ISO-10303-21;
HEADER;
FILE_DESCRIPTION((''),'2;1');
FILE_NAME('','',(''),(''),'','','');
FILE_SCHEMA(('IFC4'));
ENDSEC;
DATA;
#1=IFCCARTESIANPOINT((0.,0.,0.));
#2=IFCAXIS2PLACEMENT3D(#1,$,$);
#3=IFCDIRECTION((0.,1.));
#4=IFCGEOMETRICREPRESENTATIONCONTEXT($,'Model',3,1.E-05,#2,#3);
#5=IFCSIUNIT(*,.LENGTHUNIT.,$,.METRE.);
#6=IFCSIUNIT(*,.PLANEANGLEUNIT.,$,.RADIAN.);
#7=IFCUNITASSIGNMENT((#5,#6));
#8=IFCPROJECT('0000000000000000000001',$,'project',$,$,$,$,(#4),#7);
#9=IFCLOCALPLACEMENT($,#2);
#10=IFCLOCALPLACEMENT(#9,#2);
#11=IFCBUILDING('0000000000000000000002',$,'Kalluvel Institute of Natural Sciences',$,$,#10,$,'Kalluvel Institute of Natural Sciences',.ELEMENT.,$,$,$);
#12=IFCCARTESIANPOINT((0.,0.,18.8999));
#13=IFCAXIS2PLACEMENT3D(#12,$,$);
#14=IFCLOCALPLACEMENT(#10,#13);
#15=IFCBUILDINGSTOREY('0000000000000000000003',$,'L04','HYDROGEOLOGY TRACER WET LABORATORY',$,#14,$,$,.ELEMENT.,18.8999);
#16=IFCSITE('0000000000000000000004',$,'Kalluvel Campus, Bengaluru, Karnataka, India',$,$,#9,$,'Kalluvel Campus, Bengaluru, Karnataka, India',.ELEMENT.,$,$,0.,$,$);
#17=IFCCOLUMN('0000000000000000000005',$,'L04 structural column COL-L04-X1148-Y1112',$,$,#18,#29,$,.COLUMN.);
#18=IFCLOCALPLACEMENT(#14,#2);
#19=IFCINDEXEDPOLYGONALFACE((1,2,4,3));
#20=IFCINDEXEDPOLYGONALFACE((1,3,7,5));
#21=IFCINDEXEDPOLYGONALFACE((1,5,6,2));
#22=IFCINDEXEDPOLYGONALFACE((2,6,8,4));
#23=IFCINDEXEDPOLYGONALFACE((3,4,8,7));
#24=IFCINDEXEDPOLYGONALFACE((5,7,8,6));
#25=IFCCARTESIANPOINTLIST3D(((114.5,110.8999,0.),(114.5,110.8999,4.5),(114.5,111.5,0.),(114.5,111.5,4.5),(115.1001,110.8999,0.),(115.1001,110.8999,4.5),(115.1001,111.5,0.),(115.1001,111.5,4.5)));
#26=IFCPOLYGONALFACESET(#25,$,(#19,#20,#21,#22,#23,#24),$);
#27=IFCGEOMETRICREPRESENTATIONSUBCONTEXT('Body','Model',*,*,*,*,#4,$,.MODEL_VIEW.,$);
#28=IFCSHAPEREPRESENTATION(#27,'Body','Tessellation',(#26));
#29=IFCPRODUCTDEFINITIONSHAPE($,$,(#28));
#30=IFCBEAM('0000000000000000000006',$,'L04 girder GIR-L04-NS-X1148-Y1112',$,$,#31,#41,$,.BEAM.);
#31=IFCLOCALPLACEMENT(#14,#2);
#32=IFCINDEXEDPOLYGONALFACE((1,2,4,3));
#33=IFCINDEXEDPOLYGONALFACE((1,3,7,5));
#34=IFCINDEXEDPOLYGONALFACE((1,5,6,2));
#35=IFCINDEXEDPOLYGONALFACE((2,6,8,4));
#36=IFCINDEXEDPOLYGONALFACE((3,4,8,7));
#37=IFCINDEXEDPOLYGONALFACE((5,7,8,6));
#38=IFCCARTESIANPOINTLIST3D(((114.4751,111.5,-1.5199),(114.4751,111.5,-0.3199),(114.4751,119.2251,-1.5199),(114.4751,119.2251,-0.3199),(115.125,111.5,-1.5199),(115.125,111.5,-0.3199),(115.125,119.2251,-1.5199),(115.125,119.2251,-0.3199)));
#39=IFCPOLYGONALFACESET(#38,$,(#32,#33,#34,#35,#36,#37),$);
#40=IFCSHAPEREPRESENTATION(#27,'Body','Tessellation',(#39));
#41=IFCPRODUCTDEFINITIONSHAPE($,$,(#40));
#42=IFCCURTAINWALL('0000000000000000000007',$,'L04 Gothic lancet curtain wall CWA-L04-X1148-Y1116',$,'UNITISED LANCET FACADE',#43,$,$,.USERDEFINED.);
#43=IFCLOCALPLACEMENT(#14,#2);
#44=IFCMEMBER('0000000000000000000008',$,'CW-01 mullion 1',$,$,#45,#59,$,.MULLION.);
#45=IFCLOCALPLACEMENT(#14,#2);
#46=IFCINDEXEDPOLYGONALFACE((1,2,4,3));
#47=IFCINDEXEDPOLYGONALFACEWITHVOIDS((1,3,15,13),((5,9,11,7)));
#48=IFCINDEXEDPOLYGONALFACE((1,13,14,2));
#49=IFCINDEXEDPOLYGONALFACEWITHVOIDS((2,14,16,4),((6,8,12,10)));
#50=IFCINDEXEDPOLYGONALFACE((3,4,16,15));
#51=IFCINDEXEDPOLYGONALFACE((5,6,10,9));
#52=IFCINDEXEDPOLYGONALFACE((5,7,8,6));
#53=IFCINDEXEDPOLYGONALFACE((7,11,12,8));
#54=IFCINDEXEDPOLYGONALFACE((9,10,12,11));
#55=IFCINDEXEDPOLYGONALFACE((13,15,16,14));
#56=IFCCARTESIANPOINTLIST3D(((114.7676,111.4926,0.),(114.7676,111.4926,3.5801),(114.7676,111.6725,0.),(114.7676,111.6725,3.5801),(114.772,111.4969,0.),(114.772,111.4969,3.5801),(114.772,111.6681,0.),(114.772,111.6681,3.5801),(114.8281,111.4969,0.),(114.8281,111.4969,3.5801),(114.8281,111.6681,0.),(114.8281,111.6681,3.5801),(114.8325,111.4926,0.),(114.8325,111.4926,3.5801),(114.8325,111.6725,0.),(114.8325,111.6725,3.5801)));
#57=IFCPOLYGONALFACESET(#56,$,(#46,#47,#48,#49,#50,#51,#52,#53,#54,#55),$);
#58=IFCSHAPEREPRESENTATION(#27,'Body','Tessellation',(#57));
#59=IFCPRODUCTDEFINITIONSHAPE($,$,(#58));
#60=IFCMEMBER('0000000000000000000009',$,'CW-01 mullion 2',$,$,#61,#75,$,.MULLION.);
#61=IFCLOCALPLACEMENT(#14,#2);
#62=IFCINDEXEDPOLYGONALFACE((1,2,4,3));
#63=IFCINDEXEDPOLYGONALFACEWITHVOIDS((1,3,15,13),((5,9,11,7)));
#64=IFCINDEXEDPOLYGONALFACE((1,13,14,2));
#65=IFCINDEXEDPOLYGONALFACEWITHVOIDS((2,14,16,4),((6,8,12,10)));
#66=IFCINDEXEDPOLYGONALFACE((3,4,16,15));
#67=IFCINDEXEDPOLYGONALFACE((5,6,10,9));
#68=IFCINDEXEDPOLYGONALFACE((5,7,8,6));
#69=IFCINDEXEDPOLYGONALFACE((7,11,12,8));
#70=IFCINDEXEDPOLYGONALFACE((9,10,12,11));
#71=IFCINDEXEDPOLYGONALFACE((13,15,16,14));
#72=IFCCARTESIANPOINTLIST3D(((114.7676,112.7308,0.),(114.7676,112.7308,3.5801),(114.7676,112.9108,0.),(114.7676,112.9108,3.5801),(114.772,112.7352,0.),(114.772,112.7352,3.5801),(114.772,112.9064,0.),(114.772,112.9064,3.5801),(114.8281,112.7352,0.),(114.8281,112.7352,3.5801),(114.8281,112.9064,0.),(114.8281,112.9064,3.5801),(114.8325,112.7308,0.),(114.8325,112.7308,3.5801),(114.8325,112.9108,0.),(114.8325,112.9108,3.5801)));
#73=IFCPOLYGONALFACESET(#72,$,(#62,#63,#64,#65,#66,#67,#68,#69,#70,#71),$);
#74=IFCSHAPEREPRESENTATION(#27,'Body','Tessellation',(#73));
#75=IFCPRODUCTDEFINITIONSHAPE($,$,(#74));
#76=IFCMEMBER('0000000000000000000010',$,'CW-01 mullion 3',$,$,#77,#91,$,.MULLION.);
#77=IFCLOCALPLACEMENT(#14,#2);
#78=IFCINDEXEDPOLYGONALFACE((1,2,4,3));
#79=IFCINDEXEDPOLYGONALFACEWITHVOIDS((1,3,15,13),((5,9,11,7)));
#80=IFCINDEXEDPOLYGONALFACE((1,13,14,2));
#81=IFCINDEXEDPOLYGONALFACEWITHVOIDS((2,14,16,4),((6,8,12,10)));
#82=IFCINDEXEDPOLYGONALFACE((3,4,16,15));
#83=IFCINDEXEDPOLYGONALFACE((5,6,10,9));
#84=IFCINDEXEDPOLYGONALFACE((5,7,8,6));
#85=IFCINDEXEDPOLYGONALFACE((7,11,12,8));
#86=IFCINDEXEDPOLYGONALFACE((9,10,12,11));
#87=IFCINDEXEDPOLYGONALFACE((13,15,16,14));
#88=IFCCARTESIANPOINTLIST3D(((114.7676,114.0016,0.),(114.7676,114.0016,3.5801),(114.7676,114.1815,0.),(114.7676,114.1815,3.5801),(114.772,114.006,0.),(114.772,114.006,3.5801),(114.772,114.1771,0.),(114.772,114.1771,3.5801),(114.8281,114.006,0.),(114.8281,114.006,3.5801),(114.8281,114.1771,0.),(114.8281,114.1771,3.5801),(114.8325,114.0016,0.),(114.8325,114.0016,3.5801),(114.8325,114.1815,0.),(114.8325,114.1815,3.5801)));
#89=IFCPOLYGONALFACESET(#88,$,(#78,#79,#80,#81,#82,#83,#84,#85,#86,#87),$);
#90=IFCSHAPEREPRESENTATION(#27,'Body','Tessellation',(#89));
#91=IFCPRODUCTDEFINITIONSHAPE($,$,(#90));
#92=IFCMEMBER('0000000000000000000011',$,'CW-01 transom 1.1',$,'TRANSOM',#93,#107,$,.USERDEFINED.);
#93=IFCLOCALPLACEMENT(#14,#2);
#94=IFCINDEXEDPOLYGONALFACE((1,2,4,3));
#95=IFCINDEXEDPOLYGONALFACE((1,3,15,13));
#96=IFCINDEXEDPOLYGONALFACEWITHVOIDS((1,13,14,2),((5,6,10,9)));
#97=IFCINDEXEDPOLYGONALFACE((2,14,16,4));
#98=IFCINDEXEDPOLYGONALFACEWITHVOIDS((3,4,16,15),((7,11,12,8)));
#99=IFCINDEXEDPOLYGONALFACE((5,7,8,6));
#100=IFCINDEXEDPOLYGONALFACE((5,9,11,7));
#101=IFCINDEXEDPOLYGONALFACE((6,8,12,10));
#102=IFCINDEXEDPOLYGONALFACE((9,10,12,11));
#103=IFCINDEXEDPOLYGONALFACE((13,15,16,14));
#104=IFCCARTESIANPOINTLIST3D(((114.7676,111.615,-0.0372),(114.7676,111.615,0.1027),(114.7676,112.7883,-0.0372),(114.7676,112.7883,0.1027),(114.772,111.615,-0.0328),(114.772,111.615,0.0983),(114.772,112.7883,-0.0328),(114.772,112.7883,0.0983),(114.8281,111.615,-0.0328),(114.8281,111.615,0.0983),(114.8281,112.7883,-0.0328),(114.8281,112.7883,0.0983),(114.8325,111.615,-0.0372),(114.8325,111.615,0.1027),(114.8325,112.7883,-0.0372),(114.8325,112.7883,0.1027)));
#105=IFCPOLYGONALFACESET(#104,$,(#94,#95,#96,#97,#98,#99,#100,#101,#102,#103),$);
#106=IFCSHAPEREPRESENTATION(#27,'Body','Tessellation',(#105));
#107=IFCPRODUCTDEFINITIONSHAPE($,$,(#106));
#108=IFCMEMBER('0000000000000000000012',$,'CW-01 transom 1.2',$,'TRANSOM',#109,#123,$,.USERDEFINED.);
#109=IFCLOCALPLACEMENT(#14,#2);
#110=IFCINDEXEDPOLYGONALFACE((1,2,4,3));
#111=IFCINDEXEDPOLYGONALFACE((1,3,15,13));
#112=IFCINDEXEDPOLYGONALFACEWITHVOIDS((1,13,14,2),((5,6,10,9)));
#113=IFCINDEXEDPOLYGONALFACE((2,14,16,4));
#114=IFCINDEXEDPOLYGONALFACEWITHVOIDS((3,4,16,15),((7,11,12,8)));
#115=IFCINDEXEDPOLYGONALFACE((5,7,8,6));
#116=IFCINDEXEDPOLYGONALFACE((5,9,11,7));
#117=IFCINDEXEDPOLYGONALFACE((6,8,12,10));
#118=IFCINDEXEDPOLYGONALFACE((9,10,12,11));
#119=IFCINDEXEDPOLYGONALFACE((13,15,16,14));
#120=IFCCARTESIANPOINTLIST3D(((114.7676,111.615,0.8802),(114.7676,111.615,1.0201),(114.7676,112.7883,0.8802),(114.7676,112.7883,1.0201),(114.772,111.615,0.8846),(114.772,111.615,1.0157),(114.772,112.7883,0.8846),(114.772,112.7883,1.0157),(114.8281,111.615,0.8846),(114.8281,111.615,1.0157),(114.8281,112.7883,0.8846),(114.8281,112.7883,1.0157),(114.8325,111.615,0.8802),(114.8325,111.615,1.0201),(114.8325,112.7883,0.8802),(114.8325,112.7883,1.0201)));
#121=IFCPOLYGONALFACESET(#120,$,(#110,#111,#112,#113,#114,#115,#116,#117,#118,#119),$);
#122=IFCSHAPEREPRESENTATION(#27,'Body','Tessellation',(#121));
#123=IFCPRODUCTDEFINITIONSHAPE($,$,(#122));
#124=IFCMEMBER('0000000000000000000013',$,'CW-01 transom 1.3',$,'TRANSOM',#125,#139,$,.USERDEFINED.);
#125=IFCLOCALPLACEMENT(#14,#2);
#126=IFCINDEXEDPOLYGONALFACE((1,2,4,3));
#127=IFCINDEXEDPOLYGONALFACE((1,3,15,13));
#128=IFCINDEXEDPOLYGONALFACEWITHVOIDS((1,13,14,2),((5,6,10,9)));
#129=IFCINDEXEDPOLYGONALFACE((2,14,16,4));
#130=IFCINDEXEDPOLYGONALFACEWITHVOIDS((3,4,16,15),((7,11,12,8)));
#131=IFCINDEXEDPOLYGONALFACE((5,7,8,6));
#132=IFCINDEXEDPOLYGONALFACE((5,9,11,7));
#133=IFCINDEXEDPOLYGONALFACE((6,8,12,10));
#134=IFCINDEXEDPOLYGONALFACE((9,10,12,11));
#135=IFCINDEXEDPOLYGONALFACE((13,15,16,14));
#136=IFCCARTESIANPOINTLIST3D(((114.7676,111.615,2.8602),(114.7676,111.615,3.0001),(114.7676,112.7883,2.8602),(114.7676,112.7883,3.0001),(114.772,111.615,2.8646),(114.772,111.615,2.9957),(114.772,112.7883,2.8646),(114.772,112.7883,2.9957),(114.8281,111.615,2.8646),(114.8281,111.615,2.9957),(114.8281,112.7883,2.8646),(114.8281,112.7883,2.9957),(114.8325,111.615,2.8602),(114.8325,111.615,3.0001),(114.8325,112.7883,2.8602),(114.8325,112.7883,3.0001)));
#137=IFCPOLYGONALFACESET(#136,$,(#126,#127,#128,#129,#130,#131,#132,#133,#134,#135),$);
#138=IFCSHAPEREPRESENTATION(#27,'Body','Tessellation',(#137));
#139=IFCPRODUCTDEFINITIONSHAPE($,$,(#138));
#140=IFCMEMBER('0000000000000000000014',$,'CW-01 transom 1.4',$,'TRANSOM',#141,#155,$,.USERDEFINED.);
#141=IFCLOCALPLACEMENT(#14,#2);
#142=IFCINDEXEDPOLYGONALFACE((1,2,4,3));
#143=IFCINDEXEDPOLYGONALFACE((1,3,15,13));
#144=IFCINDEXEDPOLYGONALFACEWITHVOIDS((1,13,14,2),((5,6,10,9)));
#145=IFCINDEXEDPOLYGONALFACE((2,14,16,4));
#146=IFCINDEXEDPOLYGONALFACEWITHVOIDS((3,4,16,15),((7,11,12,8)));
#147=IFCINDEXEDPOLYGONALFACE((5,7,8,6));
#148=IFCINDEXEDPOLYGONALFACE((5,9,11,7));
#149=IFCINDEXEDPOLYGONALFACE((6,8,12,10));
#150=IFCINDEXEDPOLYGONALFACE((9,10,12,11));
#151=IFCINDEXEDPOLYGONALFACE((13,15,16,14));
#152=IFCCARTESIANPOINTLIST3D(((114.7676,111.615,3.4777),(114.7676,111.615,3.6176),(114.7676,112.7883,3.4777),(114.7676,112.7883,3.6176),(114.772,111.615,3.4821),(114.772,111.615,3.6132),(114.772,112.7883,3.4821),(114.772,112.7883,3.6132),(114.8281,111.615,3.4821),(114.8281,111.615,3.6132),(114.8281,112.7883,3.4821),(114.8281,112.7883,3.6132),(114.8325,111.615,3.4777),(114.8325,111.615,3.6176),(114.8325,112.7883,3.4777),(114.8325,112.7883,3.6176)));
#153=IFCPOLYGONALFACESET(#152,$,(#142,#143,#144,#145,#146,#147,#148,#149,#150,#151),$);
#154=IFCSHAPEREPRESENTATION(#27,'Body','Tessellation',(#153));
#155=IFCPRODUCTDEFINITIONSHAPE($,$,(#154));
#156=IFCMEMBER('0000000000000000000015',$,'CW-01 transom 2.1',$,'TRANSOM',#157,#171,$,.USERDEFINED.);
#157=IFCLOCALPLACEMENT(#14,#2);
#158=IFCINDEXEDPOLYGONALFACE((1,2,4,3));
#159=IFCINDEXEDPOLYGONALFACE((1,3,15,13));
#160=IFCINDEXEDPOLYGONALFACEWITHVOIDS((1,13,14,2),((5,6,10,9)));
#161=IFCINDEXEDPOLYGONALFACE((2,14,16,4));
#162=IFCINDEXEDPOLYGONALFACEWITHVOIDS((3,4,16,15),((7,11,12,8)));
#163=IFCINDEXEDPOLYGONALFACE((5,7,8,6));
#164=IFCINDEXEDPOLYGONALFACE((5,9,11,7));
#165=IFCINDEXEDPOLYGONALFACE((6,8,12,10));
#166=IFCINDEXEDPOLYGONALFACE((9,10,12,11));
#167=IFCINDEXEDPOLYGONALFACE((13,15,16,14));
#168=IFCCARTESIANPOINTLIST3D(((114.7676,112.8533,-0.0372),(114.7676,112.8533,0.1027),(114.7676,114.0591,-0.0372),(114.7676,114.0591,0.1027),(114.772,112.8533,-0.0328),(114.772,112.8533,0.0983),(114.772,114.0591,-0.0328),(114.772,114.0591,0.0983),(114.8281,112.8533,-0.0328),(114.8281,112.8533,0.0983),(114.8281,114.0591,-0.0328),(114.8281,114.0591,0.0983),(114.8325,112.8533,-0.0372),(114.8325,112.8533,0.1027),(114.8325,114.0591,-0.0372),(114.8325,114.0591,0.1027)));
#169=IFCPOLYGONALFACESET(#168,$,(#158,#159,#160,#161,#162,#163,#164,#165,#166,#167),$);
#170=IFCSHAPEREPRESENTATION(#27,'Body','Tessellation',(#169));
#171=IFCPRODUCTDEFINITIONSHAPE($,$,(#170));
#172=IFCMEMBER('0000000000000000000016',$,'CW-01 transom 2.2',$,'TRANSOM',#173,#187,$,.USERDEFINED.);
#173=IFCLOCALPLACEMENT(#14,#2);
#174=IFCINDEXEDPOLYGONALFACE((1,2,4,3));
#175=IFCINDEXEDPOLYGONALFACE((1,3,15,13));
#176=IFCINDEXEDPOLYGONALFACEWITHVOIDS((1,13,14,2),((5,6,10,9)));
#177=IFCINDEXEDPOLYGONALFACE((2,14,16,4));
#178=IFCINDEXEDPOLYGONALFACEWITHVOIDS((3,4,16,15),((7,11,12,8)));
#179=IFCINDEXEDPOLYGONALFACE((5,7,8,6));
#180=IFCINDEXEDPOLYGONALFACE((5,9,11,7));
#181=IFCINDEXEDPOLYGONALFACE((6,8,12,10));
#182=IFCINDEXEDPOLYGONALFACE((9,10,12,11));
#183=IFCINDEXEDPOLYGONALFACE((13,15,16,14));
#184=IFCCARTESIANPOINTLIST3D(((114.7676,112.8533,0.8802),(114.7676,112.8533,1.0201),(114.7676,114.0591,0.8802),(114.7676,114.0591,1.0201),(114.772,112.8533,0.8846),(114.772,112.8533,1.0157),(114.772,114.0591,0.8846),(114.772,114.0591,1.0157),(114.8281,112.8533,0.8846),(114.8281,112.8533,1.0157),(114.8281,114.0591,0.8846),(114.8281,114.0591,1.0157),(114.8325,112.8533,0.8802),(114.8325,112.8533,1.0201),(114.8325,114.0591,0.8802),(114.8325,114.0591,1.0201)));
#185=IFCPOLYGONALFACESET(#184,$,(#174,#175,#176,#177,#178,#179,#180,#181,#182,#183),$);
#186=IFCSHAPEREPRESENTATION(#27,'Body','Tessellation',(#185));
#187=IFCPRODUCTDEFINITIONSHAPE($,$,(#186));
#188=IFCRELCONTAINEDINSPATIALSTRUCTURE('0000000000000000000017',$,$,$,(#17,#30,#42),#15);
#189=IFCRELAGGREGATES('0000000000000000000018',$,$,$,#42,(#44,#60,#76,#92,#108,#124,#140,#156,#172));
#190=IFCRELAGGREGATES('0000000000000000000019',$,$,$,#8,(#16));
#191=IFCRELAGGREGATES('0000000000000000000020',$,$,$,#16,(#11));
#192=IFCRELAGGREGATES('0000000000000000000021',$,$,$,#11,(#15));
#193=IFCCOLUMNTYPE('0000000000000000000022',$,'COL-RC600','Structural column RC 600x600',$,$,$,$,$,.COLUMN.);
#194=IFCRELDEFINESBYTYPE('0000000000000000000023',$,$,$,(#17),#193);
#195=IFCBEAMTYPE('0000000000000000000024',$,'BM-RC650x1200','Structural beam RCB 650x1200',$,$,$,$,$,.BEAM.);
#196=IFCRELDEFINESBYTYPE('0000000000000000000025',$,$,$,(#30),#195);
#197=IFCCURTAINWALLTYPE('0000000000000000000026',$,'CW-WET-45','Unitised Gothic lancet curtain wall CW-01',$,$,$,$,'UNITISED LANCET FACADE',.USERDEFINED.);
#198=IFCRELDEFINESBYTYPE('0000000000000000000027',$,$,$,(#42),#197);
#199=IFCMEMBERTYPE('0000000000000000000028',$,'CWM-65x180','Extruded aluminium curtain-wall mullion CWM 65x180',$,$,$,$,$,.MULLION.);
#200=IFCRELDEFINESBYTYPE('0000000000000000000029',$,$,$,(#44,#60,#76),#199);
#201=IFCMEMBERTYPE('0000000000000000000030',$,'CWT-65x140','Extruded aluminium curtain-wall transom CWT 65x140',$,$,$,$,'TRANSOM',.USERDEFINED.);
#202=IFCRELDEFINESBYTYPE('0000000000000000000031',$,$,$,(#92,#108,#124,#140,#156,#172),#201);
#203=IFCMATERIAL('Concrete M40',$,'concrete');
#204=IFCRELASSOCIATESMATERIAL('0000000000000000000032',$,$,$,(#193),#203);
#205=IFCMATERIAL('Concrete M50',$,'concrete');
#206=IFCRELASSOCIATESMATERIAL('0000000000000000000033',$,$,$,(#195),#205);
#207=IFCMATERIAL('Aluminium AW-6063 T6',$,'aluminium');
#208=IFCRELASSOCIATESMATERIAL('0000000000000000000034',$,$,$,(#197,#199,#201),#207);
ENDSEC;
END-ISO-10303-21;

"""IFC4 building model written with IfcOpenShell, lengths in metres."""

from ifc_helpers import new_model, si_unit, direction, frame, origin, origin_2d, place, context, subcontext, project, spatial, rectangle, hollow_rectangle, extrude, material, material_profile, profile_set, type_object, element, aggregate, save


model = new_model("IFC4")

# Units and contexts
model_context = context("Model", 3, precision=1e-05, world=origin(), true_north=direction((0.0, 1.0)))
body_context = subcontext(model_context, "Body", "Model", "MODEL_VIEW")
ifc_project = project(units=[si_unit("LENGTHUNIT", "METRE"), si_unit("PLANEANGLEUNIT", "RADIAN")], contexts=[model_context])

# Site, building, storey
site_placement = place(None, origin())
site = spatial("IfcSite", under=ifc_project, at=site_placement, Name="Kalluvel Campus, Bengaluru, Karnataka, India", LongName="Kalluvel Campus, Bengaluru, Karnataka, India", CompositionType="ELEMENT", RefElevation=0.0)
building_placement = place(site_placement, origin())
building = spatial("IfcBuilding", under=site, at=building_placement, Name="Kalluvel Institute of Natural Sciences", LongName="Kalluvel Institute of Natural Sciences", CompositionType="ELEMENT")
storey_placement = place(building_placement, frame((0.0, 0.0, 18.8999)))
storey = spatial("IfcBuildingStorey", under=building, at=storey_placement, Name="L04", Description="HYDROGEOLOGY TRACER WET LABORATORY", CompositionType="ELEMENT", Elevation=18.8999)

# Column
ifc_material_1 = material(Name="Concrete M40", Category="concrete")
ifc_material_profile_1 = material_profile(ifc_material_1, rectangle(XDim=0.6001, YDim=0.6001, at=origin_2d()), Name="RC 600x600")
ifc_profile_set_1 = profile_set([ifc_material_profile_1], Name="Concrete M40")
column_type = type_object("IfcColumnType", Name="COL-RC600", Description="Structural column RC 600x600", PredefinedType="COLUMN", material=ifc_profile_set_1)
column_placement = place(storey_placement, frame((114.8, 111.2, 0.0), z_axis=(0.0, 0.0, 1.0), x_axis=(1.0, 0.0, 0.0)))
element("IfcColumn", 1, at=column_placement, inside=storey, type_object=column_type, Name="L04 structural column COL-L04-X1148-Y1112", PredefinedType="COLUMN", context=body_context, shape_type="SweptSolid", body=[
    extrude(rectangle(XDim=0.6001, YDim=0.6001, at=origin_2d()), origin(), (0.0, 0.0, 1.0), 4.5),
])

# Beam
ifc_material_2 = material(Name="Concrete M50", Category="concrete")
ifc_material_profile_2 = material_profile(ifc_material_2, rectangle(XDim=0.6499, YDim=1.2, at=origin_2d()), Name="RCB 650x1200")
ifc_profile_set_2 = profile_set([ifc_material_profile_2], Name="Concrete M50")
beam_type = type_object("IfcBeamType", Name="BM-RC650x1200", Description="Structural beam RCB 650x1200", PredefinedType="BEAM", material=ifc_profile_set_2)
beam_placement = place(storey_placement, frame((114.8, 111.5, -0.9199), z_axis=(0.0, 1.0, 0.0), x_axis=(-1.0, 0.0, 0.0)))
element("IfcBeam", 2, at=beam_placement, inside=storey, type_object=beam_type, Name="L04 girder GIR-L04-NS-X1148-Y1112", PredefinedType="BEAM", context=body_context, shape_type="SweptSolid", body=[
    extrude(rectangle(XDim=0.6499, YDim=1.2, at=origin_2d()), origin(), (0.0, 0.0, 1.0), 7.7251),
])

# Curtain wall, members
ifc_material_3 = material(Name="Aluminium AW-6063 T6", Category="aluminium")
curtain_wall_type = type_object("IfcCurtainWallType", Name="CW-WET-45", Description="Unitised Gothic lancet curtain wall CW-01", ElementType="UNITISED LANCET FACADE", PredefinedType="USERDEFINED", material=ifc_material_3)
curtain_wall_placement = place(storey_placement, origin())
curtain_wall = element("IfcCurtainWall", 3, at=curtain_wall_placement, inside=storey, type_object=curtain_wall_type, Name="L04 Gothic lancet curtain wall CWA-L04-X1148-Y1116", ObjectType="UNITISED LANCET FACADE", PredefinedType="USERDEFINED")
ifc_material_profile_3 = material_profile(ifc_material_3, hollow_rectangle(XDim=0.0649, YDim=0.1799, WallThickness=0.0044, at=origin_2d()), Name="CWM 65x180")
ifc_profile_set_3 = profile_set([ifc_material_profile_3], Name="Aluminium AW-6063 T6")
member_type_1 = type_object("IfcMemberType", Name="CWM-65x180", Description="Extruded aluminium curtain-wall mullion CWM 65x180", PredefinedType="MULLION", material=ifc_profile_set_3)
member_1_placement = place(storey_placement, frame((114.8, 111.5825, 0.0), z_axis=(0.0, 0.0, 1.0), x_axis=(-1.0, 0.0, 0.0)))
member_1 = element("IfcMember", 4, at=member_1_placement, type_object=member_type_1, Name="CW-01 mullion 1", PredefinedType="MULLION", context=body_context, shape_type="SweptSolid", body=[
    extrude(hollow_rectangle(XDim=0.0649, YDim=0.1799, WallThickness=0.0044, at=origin_2d()), origin(), (0.0, 0.0, 1.0), 3.5801),
])
member_2_placement = place(storey_placement, frame((114.8, 112.8208, 0.0), z_axis=(0.0, 0.0, 1.0), x_axis=(-1.0, 0.0, 0.0)))
member_2 = element("IfcMember", 5, at=member_2_placement, type_object=member_type_1, Name="CW-01 mullion 2", PredefinedType="MULLION", context=body_context, shape_type="SweptSolid", body=[
    extrude(hollow_rectangle(XDim=0.0649, YDim=0.1799, WallThickness=0.0044, at=origin_2d()), origin(), (0.0, 0.0, 1.0), 3.5801),
])
member_3_placement = place(storey_placement, frame((114.8, 114.0916, 0.0), z_axis=(0.0, 0.0, 1.0), x_axis=(-1.0, 0.0, 0.0)))
member_3 = element("IfcMember", 6, at=member_3_placement, type_object=member_type_1, Name="CW-01 mullion 3", PredefinedType="MULLION", context=body_context, shape_type="SweptSolid", body=[
    extrude(hollow_rectangle(XDim=0.0649, YDim=0.1799, WallThickness=0.0044, at=origin_2d()), origin(), (0.0, 0.0, 1.0), 3.5801),
])
ifc_material_profile_4 = material_profile(ifc_material_3, hollow_rectangle(XDim=0.0649, YDim=0.1399, WallThickness=0.0044, at=origin_2d()), Name="CWT 65x140")
ifc_profile_set_4 = profile_set([ifc_material_profile_4], Name="Aluminium AW-6063 T6")
member_type_2 = type_object("IfcMemberType", Name="CWT-65x140", Description="Extruded aluminium curtain-wall transom CWT 65x140", ElementType="TRANSOM", PredefinedType="USERDEFINED", material=ifc_profile_set_4)
member_4_placement = place(storey_placement, frame((114.8, 111.615, 0.0327), z_axis=(0.0, 1.0, 0.0), x_axis=(-1.0, 0.0, 0.0)))
member_4 = element("IfcMember", 7, at=member_4_placement, type_object=member_type_2, Name="CW-01 transom 1.1", ObjectType="TRANSOM", PredefinedType="USERDEFINED", context=body_context, shape_type="SweptSolid", body=[
    extrude(hollow_rectangle(XDim=0.0649, YDim=0.1399, WallThickness=0.0044, at=origin_2d()), origin(), (0.0, 0.0, 1.0), 1.1733),
])
member_5_placement = place(storey_placement, frame((114.8, 111.615, 0.9502), z_axis=(0.0, 1.0, 0.0), x_axis=(-1.0, 0.0, 0.0)))
member_5 = element("IfcMember", 8, at=member_5_placement, type_object=member_type_2, Name="CW-01 transom 1.2", ObjectType="TRANSOM", PredefinedType="USERDEFINED", context=body_context, shape_type="SweptSolid", body=[
    extrude(hollow_rectangle(XDim=0.0649, YDim=0.1399, WallThickness=0.0044, at=origin_2d()), origin(), (0.0, 0.0, 1.0), 1.1733),
])
member_6_placement = place(storey_placement, frame((114.8, 111.615, 2.9302), z_axis=(0.0, 1.0, 0.0), x_axis=(-1.0, 0.0, 0.0)))
member_6 = element("IfcMember", 9, at=member_6_placement, type_object=member_type_2, Name="CW-01 transom 1.3", ObjectType="TRANSOM", PredefinedType="USERDEFINED", context=body_context, shape_type="SweptSolid", body=[
    extrude(hollow_rectangle(XDim=0.0649, YDim=0.1399, WallThickness=0.0044, at=origin_2d()), origin(), (0.0, 0.0, 1.0), 1.1733),
])
member_7_placement = place(storey_placement, frame((114.8, 111.615, 3.5476), z_axis=(0.0, 1.0, 0.0), x_axis=(-1.0, 0.0, 0.0)))
member_7 = element("IfcMember", 10, at=member_7_placement, type_object=member_type_2, Name="CW-01 transom 1.4", ObjectType="TRANSOM", PredefinedType="USERDEFINED", context=body_context, shape_type="SweptSolid", body=[
    extrude(hollow_rectangle(XDim=0.0649, YDim=0.1399, WallThickness=0.0044, at=origin_2d()), origin(), (0.0, 0.0, 1.0), 1.1733),
])
member_8_placement = place(storey_placement, frame((114.8, 112.8533, 0.0327), z_axis=(0.0, 1.0, 0.0), x_axis=(-1.0, 0.0, 0.0)))
member_8 = element("IfcMember", 11, at=member_8_placement, type_object=member_type_2, Name="CW-01 transom 2.1", ObjectType="TRANSOM", PredefinedType="USERDEFINED", context=body_context, shape_type="SweptSolid", body=[
    extrude(hollow_rectangle(XDim=0.0649, YDim=0.1399, WallThickness=0.0044, at=origin_2d()), origin(), (0.0, 0.0, 1.0), 1.2058),
])
member_9_placement = place(storey_placement, frame((114.8, 112.8533, 0.9502), z_axis=(0.0, 1.0, 0.0), x_axis=(-1.0, 0.0, 0.0)))
member_9 = element("IfcMember", 12, at=member_9_placement, type_object=member_type_2, Name="CW-01 transom 2.2", ObjectType="TRANSOM", PredefinedType="USERDEFINED", context=body_context, shape_type="SweptSolid", body=[
    extrude(hollow_rectangle(XDim=0.0649, YDim=0.1399, WallThickness=0.0044, at=origin_2d()), origin(), (0.0, 0.0, 1.0), 1.2058),
])
aggregate(curtain_wall, [member_1, member_2, member_3, member_4, member_5, member_6, member_7, member_8, member_9])

save(model, "model.ifc")
